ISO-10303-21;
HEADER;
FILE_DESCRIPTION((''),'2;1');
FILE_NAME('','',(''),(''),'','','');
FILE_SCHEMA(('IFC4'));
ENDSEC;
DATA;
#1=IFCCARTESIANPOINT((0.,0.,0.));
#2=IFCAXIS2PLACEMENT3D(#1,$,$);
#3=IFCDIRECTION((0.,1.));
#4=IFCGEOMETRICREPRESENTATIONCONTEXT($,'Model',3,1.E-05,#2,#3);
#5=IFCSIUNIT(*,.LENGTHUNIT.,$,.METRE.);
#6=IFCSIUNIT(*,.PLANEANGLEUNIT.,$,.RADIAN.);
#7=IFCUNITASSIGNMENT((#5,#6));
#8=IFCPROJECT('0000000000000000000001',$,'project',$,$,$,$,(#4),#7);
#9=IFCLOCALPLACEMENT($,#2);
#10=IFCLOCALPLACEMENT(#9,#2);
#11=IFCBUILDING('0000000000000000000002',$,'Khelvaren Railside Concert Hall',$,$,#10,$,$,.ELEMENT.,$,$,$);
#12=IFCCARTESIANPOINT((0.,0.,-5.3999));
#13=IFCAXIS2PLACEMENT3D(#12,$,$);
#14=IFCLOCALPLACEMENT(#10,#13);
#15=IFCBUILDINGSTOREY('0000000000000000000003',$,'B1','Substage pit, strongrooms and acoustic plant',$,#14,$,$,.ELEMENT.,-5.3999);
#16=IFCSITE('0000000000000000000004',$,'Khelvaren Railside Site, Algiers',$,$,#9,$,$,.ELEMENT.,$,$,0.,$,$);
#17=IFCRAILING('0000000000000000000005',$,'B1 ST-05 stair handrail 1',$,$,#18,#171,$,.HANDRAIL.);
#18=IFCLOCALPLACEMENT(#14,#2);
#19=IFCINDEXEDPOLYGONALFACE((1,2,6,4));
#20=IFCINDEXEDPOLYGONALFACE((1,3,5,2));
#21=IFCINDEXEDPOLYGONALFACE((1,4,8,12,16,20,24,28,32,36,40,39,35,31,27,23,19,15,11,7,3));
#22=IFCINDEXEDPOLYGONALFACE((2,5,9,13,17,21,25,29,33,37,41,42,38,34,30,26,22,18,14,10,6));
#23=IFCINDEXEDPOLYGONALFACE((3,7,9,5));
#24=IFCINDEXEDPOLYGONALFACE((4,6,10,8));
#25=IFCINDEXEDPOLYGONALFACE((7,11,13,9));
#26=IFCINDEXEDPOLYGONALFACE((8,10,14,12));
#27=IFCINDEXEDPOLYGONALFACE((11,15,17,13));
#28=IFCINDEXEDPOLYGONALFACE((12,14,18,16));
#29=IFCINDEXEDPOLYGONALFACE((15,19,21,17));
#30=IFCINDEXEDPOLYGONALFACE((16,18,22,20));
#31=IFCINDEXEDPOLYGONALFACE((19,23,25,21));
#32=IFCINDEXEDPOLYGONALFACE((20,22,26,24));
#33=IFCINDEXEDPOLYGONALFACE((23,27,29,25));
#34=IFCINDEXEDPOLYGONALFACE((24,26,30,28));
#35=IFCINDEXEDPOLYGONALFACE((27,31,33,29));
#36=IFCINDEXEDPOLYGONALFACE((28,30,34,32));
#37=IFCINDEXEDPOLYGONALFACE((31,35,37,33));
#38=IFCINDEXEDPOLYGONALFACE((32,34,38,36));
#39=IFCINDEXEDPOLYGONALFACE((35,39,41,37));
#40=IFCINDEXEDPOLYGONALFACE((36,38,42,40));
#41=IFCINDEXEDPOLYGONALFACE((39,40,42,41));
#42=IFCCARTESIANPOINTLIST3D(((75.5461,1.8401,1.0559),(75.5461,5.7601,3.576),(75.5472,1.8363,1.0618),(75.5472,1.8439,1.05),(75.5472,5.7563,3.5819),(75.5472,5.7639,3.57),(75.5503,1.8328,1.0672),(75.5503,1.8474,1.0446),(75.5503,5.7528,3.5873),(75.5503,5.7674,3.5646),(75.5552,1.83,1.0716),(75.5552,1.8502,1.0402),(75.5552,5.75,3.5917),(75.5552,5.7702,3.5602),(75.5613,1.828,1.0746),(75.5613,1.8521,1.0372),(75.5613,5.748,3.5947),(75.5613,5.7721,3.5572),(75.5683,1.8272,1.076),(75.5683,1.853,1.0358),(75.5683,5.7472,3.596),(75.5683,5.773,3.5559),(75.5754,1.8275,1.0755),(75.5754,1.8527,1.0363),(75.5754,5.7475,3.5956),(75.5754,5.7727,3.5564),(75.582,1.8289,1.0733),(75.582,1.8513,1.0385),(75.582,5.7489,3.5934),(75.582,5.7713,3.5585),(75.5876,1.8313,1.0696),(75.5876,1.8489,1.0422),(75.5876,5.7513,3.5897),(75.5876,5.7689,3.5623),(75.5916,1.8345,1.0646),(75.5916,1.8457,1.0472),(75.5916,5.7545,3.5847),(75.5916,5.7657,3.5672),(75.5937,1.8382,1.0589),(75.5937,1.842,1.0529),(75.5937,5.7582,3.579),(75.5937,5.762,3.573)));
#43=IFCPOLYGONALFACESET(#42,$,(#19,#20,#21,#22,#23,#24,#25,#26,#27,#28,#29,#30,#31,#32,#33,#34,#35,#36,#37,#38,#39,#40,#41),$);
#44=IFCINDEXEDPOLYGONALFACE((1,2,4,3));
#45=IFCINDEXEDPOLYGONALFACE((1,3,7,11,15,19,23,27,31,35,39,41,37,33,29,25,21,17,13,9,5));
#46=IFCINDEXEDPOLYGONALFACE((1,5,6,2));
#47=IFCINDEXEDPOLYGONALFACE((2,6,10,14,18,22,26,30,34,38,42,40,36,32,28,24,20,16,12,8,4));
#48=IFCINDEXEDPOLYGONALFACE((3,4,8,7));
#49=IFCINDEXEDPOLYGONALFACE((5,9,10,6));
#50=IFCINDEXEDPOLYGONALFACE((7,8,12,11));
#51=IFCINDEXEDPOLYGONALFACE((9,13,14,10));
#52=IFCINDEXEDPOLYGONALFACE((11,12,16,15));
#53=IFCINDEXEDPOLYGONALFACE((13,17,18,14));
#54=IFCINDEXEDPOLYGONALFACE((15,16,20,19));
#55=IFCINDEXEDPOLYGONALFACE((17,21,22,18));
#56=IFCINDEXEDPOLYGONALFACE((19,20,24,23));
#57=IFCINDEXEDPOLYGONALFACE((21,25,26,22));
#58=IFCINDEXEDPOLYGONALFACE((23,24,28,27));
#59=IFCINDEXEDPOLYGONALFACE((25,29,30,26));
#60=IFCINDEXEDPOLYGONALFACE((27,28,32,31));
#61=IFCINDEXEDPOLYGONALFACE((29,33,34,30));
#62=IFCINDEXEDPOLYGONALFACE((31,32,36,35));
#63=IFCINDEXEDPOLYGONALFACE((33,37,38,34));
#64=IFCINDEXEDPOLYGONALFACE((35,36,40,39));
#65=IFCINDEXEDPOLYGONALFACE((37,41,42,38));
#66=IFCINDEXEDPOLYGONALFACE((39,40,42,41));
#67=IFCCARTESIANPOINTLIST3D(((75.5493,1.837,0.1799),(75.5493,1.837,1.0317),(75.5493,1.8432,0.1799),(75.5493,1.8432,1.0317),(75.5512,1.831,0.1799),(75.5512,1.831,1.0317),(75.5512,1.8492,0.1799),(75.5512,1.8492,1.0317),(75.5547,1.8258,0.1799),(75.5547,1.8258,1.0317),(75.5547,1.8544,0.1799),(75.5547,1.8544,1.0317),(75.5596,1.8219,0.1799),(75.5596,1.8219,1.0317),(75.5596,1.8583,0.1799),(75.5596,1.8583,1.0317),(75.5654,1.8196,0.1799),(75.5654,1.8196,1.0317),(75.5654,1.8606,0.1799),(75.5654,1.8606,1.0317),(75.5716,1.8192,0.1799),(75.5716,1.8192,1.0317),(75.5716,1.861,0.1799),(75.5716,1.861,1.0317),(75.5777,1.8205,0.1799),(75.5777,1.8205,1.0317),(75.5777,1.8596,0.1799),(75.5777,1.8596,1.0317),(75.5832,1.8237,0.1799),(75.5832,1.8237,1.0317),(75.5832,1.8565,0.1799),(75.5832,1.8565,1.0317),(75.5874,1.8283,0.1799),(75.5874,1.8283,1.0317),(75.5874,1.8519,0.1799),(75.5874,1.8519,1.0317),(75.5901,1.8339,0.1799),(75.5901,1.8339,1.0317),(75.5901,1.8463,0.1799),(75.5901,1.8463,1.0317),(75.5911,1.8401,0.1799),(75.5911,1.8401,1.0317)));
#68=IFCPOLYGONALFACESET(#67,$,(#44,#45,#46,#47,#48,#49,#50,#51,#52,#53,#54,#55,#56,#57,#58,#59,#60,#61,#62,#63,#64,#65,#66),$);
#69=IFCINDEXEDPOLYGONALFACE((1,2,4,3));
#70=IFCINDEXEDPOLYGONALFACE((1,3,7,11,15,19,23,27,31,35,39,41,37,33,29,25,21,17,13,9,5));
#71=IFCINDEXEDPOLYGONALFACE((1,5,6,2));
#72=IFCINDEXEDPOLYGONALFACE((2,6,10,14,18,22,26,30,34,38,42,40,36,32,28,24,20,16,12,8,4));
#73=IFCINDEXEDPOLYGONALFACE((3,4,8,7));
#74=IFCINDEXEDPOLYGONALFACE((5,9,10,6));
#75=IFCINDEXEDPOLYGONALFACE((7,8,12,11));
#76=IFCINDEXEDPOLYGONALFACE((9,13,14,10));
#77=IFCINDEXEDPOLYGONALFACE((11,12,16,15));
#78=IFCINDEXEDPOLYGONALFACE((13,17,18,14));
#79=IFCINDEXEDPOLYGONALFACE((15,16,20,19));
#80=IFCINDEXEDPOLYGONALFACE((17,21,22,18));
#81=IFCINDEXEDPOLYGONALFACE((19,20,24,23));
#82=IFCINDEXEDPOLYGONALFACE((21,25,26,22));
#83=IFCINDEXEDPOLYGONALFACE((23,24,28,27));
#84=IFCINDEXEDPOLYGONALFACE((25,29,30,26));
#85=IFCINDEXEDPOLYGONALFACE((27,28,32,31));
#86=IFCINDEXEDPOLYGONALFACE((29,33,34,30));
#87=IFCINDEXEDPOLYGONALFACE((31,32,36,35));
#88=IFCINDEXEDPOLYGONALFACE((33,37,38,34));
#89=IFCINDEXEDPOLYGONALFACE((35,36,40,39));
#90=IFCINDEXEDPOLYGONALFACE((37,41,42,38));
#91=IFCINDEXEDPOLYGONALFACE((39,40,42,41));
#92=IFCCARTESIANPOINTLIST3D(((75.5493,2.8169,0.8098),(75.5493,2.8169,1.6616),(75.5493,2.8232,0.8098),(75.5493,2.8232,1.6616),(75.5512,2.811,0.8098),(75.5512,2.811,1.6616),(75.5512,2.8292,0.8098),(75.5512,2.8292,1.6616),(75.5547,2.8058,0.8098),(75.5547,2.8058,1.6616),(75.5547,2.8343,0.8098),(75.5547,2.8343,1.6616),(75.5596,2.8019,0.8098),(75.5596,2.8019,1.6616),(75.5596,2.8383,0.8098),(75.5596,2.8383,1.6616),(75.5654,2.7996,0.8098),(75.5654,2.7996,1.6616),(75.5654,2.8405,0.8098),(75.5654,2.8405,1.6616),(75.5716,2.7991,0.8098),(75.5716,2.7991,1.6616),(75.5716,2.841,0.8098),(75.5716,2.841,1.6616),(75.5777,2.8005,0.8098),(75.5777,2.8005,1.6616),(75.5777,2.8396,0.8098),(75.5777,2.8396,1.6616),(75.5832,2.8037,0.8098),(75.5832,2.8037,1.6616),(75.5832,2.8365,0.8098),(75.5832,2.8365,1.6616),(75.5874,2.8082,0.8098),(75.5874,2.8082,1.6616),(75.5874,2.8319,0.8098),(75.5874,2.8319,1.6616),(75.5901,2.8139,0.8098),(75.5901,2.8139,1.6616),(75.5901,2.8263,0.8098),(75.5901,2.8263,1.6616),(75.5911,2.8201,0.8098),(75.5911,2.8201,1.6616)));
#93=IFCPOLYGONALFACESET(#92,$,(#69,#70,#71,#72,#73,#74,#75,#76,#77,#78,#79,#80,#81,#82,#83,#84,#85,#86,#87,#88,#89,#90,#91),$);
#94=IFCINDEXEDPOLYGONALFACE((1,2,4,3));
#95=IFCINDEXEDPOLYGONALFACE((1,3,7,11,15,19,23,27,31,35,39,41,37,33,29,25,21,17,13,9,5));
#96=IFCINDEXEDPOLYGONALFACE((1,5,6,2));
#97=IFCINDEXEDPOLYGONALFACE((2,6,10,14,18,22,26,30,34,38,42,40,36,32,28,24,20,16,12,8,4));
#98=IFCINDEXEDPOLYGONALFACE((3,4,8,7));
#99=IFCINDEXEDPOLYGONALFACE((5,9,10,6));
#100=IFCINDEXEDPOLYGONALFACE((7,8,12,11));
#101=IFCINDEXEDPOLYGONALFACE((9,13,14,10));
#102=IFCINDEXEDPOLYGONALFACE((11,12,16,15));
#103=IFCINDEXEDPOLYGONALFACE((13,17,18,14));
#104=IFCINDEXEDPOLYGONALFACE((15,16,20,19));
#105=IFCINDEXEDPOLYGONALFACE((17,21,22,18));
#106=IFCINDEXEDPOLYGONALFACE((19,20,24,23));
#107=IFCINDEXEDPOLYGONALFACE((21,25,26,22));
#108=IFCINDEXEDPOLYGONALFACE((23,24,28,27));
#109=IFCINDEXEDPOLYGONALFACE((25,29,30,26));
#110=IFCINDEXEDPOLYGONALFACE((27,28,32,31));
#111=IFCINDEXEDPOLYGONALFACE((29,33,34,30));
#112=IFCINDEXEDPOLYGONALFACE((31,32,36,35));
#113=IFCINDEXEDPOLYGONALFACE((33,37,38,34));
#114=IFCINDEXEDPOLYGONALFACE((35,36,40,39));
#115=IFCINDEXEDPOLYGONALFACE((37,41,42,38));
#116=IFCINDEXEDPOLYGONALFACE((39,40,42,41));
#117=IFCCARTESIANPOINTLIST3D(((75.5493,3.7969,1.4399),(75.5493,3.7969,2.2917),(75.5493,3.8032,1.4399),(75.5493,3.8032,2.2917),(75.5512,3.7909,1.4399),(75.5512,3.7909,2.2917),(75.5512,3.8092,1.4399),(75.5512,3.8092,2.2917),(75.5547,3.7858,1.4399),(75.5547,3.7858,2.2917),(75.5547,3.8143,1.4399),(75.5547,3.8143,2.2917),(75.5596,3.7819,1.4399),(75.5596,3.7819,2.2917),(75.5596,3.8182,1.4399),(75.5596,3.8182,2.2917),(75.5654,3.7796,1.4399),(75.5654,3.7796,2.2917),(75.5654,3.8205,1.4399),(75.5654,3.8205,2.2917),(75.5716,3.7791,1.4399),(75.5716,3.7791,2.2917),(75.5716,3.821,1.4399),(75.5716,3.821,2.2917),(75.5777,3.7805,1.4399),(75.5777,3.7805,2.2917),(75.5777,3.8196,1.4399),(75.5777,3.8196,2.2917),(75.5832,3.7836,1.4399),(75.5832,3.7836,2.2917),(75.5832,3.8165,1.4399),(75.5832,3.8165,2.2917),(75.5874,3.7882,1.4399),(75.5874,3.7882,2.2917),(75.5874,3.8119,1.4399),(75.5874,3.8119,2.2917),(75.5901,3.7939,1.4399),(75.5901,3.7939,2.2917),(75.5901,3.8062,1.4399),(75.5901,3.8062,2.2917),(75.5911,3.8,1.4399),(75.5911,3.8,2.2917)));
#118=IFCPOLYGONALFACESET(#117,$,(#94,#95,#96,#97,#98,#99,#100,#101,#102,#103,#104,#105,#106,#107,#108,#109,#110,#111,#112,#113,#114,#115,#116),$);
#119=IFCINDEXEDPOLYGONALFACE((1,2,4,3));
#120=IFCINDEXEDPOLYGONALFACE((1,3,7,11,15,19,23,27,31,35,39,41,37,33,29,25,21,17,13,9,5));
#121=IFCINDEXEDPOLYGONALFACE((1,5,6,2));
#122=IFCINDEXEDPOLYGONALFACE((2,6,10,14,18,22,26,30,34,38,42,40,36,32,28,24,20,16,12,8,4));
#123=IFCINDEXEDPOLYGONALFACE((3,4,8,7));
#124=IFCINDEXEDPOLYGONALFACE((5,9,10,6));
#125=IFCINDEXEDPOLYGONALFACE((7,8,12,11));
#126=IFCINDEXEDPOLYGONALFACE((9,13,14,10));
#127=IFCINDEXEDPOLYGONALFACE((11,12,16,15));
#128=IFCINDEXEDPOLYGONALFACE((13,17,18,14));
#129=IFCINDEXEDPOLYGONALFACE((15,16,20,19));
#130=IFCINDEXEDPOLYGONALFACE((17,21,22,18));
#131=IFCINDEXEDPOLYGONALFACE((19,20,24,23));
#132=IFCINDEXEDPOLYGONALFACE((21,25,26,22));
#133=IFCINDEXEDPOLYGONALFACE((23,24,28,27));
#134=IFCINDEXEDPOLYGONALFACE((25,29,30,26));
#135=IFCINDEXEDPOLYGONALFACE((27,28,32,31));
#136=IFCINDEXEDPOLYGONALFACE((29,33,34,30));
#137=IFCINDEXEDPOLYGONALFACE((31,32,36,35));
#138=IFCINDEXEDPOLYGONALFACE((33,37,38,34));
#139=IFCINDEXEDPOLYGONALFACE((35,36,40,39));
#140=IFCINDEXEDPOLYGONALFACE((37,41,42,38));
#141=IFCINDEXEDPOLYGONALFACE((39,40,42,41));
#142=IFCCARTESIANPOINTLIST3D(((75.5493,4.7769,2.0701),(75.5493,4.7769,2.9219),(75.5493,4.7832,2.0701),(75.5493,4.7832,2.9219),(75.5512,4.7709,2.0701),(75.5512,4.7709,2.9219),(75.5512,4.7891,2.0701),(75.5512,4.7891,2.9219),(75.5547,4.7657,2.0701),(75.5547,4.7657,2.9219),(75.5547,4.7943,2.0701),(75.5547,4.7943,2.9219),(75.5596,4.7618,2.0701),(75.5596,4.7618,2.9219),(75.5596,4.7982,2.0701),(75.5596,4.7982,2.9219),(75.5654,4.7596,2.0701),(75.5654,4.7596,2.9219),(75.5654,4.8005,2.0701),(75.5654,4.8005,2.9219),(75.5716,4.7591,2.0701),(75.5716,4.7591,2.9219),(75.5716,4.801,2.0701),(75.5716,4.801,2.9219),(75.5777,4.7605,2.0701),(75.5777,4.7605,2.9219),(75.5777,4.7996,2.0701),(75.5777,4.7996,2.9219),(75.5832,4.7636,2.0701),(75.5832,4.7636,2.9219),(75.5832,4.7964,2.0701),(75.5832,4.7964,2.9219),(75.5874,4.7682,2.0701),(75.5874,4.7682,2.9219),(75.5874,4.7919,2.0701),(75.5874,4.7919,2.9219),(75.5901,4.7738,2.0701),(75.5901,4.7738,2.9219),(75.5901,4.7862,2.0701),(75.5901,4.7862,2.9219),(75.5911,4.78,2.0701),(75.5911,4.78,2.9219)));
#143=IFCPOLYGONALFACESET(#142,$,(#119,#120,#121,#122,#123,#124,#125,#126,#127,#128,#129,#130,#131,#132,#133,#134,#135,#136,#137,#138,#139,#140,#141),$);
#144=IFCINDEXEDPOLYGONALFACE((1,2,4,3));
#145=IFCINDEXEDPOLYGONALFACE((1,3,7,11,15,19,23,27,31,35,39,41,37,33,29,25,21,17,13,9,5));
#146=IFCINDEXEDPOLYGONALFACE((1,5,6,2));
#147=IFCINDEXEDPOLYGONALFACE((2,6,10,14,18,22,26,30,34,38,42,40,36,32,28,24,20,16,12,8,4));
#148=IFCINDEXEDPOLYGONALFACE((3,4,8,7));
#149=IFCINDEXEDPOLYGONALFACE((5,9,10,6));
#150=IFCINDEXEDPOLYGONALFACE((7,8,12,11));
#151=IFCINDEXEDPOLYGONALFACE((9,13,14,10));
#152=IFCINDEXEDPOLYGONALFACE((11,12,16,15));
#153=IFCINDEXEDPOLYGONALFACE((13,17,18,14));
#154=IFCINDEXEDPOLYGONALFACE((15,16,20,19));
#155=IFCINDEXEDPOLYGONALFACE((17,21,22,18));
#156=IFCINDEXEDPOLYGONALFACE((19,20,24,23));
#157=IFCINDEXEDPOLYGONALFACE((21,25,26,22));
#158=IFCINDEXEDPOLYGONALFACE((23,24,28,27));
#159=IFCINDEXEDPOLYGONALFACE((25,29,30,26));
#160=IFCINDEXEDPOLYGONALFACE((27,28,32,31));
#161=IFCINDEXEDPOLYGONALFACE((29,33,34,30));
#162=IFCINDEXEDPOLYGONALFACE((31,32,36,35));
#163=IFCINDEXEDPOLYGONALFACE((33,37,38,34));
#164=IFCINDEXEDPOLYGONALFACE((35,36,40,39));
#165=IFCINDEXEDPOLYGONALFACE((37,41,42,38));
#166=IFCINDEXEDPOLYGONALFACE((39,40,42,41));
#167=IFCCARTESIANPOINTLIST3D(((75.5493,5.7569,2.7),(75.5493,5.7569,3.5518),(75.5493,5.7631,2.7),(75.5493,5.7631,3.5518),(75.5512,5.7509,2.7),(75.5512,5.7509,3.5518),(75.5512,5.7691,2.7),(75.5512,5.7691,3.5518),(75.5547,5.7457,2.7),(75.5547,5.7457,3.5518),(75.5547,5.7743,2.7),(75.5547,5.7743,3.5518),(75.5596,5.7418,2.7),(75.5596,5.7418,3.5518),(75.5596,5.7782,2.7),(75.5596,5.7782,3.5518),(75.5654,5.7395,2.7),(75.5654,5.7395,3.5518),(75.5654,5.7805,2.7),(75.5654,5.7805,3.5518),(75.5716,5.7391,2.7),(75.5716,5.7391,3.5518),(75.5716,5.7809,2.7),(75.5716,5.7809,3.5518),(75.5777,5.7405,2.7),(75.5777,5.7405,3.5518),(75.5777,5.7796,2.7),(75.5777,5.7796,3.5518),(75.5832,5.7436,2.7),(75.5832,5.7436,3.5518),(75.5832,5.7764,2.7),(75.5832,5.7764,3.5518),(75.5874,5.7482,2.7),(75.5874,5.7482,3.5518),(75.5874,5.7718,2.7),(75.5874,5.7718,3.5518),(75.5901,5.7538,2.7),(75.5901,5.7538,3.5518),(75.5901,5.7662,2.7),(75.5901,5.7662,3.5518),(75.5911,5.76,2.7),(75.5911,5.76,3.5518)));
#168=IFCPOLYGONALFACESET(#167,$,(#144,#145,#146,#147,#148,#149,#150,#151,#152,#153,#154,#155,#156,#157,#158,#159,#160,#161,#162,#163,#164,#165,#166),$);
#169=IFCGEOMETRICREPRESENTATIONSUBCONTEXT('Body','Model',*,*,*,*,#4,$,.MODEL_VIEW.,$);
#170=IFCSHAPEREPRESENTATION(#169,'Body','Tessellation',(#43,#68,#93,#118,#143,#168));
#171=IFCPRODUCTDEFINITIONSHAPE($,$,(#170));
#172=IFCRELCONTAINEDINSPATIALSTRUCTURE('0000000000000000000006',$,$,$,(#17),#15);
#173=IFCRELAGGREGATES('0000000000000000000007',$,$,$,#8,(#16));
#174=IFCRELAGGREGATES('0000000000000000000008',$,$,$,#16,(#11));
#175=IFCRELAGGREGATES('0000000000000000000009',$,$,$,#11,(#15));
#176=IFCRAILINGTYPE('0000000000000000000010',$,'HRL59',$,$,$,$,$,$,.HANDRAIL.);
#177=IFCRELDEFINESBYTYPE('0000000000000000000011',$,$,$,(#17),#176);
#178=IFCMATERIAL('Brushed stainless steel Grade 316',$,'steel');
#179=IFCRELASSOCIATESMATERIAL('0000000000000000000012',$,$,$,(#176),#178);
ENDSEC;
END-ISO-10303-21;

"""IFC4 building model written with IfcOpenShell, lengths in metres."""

from ifc_helpers import new_model, si_unit, direction, frame, origin, origin_2d, place, context, subcontext, project, spatial, circle, extrude, material, type_object, element, save


model = new_model("IFC4")

# Units and contexts
model_context = context("Model", 3, precision=1e-05, world=origin(), true_north=direction((0.0, 1.0)))
body_context = subcontext(model_context, "Body", "Model", "MODEL_VIEW")
ifc_project = project(units=[si_unit("LENGTHUNIT", "METRE"), si_unit("PLANEANGLEUNIT", "RADIAN")], contexts=[model_context])

# Site, building, storey
site_placement = place(None, origin())
site = spatial("IfcSite", under=ifc_project, at=site_placement, Name="Khelvaren Railside Site, Algiers", CompositionType="ELEMENT", RefElevation=0.0)
building_placement = place(site_placement, origin())
building = spatial("IfcBuilding", under=site, at=building_placement, Name="Khelvaren Railside Concert Hall", CompositionType="ELEMENT")
storey_placement = place(building_placement, frame((0.0, 0.0, -5.3999)))
storey = spatial("IfcBuildingStorey", under=building, at=storey_placement, Name="B1", Description="Substage pit, strongrooms and acoustic plant", CompositionType="ELEMENT", Elevation=-5.3999)

# Railing
ifc_material_1 = material(Name="Brushed stainless steel Grade 316", Category="steel")
railing_type_1 = type_object("IfcRailingType", Name="HRL59", PredefinedType="HANDRAIL", material=ifc_material_1)
railing_1_placement = place(storey_placement, frame((75.5701, 1.8401, 0.1799)))
element("IfcRailing", 1, at=railing_1_placement, inside=storey, type_object=railing_type_1, Name="B1 ST-05 stair handrail 1", PredefinedType="HANDRAIL", context=body_context, shape_type="SweptSolid", body=[
    extrude(circle(Radius=0.0239, at=origin_2d()), frame((0.0, 0.0, 0.876), z_axis=(0.0, 0.841172, 0.540768), x_axis=(-1.0, 0.0, 0.0)), (0.0, 0.0, 1.0), 4.6602),
    extrude(circle(Radius=0.021, at=origin_2d()), origin(), (0.0, 0.0, 1.0), 0.8518),
    extrude(circle(Radius=0.021, at=origin_2d()), frame((0.0, 0.98, 0.6299)), (0.0, 0.0, 1.0), 0.8518),
    extrude(circle(Radius=0.021, at=origin_2d()), frame((0.0, 1.96, 1.26)), (0.0, 0.0, 1.0), 0.8518),
    extrude(circle(Radius=0.021, at=origin_2d()), frame((0.0, 2.9399, 1.8901)), (0.0, 0.0, 1.0), 0.8518),
    extrude(circle(Radius=0.021, at=origin_2d()), frame((0.0, 3.9199, 2.52)), (0.0, 0.0, 1.0), 0.8518),
])

save(model, "model.ifc")
